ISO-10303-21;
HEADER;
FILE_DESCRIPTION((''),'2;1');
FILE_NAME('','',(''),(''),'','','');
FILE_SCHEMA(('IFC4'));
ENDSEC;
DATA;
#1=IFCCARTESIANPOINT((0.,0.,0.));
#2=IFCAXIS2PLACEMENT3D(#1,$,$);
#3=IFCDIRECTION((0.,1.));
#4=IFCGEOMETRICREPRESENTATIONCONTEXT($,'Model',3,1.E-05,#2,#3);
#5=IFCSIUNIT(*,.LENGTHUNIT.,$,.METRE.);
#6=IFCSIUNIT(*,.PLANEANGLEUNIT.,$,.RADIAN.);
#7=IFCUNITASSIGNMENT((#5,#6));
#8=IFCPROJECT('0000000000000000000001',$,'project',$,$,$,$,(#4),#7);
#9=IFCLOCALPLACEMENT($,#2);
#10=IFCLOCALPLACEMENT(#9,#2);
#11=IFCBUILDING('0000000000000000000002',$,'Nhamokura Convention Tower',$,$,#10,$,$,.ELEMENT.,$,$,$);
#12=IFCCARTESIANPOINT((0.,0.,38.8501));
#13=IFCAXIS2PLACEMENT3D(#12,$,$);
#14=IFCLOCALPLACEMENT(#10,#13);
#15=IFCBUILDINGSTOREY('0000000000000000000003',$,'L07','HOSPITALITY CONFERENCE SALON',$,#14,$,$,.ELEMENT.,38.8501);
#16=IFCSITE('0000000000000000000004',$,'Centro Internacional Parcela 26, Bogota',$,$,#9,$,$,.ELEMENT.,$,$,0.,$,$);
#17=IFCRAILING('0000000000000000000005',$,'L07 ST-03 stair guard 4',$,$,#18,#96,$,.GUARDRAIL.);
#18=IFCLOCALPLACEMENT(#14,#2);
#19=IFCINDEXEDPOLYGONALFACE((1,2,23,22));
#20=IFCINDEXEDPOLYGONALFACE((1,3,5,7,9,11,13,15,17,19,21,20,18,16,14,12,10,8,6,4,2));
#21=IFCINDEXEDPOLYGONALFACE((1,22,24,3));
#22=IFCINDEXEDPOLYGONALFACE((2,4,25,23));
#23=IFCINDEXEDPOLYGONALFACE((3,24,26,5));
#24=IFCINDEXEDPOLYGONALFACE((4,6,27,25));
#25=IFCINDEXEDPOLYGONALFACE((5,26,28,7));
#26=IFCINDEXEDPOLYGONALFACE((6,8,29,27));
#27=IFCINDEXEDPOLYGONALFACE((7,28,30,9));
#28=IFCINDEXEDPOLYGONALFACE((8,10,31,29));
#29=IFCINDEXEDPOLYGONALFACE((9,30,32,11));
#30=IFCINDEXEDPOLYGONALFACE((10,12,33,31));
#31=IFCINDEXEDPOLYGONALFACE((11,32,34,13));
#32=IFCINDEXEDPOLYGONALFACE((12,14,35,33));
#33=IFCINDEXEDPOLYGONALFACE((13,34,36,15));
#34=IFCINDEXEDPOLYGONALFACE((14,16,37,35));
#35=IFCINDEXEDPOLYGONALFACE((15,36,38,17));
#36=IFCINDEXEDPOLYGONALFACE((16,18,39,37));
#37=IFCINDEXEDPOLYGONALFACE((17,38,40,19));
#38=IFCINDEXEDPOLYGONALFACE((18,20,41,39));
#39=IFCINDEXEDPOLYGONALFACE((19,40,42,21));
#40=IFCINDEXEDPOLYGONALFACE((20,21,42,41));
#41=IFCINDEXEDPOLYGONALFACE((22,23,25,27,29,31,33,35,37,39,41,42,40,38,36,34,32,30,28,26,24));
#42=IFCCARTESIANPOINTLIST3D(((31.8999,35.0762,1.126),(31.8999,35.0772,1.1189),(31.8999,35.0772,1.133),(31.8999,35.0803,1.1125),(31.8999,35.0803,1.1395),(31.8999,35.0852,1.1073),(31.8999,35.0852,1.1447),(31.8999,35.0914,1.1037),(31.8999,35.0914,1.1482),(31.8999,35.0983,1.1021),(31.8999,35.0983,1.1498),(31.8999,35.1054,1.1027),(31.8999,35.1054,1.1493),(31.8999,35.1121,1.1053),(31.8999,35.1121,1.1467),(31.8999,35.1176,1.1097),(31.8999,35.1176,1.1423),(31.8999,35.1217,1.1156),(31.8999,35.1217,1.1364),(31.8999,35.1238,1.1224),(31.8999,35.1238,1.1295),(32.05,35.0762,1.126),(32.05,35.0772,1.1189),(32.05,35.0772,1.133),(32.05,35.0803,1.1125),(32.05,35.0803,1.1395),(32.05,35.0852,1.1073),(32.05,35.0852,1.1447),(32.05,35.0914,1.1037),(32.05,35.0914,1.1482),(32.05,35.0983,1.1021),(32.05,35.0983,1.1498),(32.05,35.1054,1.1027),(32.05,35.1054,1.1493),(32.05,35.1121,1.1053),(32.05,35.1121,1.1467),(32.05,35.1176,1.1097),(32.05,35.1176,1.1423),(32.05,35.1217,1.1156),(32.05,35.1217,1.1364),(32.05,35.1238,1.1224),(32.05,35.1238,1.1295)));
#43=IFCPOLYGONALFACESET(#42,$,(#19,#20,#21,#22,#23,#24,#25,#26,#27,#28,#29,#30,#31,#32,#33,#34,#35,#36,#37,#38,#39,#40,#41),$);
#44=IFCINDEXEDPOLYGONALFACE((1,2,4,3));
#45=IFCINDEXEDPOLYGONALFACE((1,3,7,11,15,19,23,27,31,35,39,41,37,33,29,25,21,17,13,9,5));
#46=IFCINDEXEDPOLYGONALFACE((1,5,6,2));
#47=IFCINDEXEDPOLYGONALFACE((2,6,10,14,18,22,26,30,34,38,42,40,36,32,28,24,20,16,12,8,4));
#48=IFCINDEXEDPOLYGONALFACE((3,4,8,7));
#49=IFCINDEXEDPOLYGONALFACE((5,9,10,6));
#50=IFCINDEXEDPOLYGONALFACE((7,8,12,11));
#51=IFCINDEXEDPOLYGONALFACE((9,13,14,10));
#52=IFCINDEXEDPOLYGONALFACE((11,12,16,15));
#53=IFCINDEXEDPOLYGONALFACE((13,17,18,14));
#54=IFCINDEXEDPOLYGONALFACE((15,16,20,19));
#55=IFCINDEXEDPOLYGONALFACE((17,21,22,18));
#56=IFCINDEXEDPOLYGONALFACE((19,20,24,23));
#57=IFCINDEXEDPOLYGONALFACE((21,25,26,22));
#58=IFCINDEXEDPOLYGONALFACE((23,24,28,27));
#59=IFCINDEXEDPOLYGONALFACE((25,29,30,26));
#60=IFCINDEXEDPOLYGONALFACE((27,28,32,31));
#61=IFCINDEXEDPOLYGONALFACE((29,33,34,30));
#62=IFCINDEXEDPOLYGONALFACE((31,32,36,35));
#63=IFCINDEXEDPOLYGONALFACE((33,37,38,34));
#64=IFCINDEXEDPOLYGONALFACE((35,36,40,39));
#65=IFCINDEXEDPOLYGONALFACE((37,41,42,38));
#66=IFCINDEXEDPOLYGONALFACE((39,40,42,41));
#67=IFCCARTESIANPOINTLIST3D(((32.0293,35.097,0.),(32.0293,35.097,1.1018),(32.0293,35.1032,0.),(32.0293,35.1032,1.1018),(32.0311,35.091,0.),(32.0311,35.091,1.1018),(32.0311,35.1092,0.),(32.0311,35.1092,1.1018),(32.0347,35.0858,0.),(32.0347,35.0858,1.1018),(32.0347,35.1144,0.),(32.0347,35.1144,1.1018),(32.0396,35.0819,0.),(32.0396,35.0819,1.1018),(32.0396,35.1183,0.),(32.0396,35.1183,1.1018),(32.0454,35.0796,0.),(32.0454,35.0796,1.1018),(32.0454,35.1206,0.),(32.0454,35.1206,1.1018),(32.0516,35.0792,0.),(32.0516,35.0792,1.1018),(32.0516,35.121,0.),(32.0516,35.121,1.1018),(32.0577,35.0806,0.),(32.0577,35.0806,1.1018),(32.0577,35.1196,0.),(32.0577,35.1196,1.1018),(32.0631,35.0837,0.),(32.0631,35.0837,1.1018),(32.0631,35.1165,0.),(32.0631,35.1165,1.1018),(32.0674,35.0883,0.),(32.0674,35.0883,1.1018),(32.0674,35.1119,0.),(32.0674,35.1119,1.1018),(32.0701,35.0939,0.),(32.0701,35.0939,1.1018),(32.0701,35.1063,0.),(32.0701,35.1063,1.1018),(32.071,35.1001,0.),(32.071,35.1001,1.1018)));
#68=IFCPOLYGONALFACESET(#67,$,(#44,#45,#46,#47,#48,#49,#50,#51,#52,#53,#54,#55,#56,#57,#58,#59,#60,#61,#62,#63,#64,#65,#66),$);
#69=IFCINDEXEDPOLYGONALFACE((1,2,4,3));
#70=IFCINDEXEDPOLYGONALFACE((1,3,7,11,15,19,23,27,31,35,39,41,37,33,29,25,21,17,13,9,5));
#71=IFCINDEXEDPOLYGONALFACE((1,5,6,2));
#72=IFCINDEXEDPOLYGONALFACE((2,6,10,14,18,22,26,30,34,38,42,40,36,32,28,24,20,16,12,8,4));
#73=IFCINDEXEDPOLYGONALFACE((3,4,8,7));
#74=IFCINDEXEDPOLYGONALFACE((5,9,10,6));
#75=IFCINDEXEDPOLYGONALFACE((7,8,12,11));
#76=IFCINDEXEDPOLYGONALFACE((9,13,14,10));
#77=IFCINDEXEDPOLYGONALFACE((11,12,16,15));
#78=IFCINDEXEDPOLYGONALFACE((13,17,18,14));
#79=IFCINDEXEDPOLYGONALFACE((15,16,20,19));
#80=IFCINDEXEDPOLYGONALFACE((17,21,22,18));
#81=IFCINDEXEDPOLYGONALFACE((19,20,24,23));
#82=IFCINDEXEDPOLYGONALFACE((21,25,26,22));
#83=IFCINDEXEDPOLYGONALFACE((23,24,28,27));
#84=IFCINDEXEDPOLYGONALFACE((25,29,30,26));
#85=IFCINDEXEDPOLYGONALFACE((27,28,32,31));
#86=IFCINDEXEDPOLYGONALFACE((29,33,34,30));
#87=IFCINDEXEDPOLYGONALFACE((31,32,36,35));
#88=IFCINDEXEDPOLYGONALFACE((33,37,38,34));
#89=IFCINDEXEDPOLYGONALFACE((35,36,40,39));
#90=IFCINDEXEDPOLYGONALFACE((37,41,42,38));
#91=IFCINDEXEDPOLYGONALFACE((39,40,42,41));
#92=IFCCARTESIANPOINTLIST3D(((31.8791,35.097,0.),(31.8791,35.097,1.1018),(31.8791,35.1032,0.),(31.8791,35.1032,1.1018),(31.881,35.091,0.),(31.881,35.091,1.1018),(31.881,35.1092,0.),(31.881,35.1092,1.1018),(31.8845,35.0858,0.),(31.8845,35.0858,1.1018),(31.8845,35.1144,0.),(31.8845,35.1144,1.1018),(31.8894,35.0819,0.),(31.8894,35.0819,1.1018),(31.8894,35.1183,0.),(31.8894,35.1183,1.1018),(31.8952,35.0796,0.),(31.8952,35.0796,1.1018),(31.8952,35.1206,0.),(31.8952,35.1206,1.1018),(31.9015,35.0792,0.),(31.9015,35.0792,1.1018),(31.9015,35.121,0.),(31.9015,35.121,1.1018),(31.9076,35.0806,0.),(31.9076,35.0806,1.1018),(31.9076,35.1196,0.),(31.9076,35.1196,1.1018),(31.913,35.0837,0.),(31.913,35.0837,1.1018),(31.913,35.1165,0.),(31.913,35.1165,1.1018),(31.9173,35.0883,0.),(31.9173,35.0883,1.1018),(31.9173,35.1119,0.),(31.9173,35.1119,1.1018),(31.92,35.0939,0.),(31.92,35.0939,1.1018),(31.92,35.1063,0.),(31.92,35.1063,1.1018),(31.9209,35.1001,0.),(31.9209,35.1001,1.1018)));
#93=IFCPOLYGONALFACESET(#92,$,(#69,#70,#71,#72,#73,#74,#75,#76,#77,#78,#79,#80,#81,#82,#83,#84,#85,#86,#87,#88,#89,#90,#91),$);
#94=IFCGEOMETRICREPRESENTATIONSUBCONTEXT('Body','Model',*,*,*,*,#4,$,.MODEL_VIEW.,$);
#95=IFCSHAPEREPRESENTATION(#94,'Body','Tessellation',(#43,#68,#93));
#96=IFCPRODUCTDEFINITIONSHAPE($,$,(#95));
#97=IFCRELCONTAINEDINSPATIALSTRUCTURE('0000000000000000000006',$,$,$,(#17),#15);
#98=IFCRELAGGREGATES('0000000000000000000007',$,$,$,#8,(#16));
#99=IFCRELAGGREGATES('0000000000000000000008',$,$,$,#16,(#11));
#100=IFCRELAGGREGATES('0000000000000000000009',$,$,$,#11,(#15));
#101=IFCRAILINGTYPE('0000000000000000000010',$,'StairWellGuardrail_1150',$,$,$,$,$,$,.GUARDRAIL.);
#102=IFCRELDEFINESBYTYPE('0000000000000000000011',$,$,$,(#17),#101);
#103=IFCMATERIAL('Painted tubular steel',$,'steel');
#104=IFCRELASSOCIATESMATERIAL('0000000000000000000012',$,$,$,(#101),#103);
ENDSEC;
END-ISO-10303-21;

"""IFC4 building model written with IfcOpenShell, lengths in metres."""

from ifc_helpers import new_model, si_unit, direction, frame, origin, origin_2d, place, context, subcontext, project, spatial, circle, extrude, material, type_object, element, save


model = new_model("IFC4")

# Units and contexts
model_context = context("Model", 3, precision=1e-05, world=origin(), true_north=direction((0.0, 1.0)))
body_context = subcontext(model_context, "Body", "Model", "MODEL_VIEW")
ifc_project = project(units=[si_unit("LENGTHUNIT", "METRE"), si_unit("PLANEANGLEUNIT", "RADIAN")], contexts=[model_context])

# Site, building, storey
site_placement = place(None, origin())
site = spatial("IfcSite", under=ifc_project, at=site_placement, Name="Centro Internacional Parcela 26, Bogota", CompositionType="ELEMENT", RefElevation=0.0)
building_placement = place(site_placement, origin())
building = spatial("IfcBuilding", under=site, at=building_placement, Name="Nhamokura Convention Tower", CompositionType="ELEMENT")
storey_placement = place(building_placement, frame((0.0, 0.0, 38.8501)))
storey = spatial("IfcBuildingStorey", under=building, at=storey_placement, Name="L07", Description="HOSPITALITY CONFERENCE SALON", CompositionType="ELEMENT", Elevation=38.8501)

# Railing
ifc_material_1 = material(Name="Painted tubular steel", Category="steel")
railing_type_1 = type_object("IfcRailingType", Name="StairWellGuardrail_1150", PredefinedType="GUARDRAIL", material=ifc_material_1)
railing_1_placement = place(storey_placement, frame((32.05, 35.1001, 0.0)))
element("IfcRailing", 1, at=railing_1_placement, inside=storey, type_object=railing_type_1, Name="L07 ST-03 stair guard 4", PredefinedType="GUARDRAIL", context=body_context, shape_type="SweptSolid", body=[
    extrude(circle(Radius=0.0239, at=origin_2d()), frame((0.0, 0.0, 1.126), z_axis=(-1.0, 0.0, 0.0), x_axis=(0.0, -1.0, 0.0)), (0.0, 0.0, 1.0), 0.1501),
    extrude(circle(Radius=0.021, at=origin_2d()), origin(), (0.0, 0.0, 1.0), 1.1018),
    extrude(circle(Radius=0.021, at=origin_2d()), frame((-0.1501, 0.0, 0.0)), (0.0, 0.0, 1.0), 1.1018),
])

save(model, "model.ifc")
